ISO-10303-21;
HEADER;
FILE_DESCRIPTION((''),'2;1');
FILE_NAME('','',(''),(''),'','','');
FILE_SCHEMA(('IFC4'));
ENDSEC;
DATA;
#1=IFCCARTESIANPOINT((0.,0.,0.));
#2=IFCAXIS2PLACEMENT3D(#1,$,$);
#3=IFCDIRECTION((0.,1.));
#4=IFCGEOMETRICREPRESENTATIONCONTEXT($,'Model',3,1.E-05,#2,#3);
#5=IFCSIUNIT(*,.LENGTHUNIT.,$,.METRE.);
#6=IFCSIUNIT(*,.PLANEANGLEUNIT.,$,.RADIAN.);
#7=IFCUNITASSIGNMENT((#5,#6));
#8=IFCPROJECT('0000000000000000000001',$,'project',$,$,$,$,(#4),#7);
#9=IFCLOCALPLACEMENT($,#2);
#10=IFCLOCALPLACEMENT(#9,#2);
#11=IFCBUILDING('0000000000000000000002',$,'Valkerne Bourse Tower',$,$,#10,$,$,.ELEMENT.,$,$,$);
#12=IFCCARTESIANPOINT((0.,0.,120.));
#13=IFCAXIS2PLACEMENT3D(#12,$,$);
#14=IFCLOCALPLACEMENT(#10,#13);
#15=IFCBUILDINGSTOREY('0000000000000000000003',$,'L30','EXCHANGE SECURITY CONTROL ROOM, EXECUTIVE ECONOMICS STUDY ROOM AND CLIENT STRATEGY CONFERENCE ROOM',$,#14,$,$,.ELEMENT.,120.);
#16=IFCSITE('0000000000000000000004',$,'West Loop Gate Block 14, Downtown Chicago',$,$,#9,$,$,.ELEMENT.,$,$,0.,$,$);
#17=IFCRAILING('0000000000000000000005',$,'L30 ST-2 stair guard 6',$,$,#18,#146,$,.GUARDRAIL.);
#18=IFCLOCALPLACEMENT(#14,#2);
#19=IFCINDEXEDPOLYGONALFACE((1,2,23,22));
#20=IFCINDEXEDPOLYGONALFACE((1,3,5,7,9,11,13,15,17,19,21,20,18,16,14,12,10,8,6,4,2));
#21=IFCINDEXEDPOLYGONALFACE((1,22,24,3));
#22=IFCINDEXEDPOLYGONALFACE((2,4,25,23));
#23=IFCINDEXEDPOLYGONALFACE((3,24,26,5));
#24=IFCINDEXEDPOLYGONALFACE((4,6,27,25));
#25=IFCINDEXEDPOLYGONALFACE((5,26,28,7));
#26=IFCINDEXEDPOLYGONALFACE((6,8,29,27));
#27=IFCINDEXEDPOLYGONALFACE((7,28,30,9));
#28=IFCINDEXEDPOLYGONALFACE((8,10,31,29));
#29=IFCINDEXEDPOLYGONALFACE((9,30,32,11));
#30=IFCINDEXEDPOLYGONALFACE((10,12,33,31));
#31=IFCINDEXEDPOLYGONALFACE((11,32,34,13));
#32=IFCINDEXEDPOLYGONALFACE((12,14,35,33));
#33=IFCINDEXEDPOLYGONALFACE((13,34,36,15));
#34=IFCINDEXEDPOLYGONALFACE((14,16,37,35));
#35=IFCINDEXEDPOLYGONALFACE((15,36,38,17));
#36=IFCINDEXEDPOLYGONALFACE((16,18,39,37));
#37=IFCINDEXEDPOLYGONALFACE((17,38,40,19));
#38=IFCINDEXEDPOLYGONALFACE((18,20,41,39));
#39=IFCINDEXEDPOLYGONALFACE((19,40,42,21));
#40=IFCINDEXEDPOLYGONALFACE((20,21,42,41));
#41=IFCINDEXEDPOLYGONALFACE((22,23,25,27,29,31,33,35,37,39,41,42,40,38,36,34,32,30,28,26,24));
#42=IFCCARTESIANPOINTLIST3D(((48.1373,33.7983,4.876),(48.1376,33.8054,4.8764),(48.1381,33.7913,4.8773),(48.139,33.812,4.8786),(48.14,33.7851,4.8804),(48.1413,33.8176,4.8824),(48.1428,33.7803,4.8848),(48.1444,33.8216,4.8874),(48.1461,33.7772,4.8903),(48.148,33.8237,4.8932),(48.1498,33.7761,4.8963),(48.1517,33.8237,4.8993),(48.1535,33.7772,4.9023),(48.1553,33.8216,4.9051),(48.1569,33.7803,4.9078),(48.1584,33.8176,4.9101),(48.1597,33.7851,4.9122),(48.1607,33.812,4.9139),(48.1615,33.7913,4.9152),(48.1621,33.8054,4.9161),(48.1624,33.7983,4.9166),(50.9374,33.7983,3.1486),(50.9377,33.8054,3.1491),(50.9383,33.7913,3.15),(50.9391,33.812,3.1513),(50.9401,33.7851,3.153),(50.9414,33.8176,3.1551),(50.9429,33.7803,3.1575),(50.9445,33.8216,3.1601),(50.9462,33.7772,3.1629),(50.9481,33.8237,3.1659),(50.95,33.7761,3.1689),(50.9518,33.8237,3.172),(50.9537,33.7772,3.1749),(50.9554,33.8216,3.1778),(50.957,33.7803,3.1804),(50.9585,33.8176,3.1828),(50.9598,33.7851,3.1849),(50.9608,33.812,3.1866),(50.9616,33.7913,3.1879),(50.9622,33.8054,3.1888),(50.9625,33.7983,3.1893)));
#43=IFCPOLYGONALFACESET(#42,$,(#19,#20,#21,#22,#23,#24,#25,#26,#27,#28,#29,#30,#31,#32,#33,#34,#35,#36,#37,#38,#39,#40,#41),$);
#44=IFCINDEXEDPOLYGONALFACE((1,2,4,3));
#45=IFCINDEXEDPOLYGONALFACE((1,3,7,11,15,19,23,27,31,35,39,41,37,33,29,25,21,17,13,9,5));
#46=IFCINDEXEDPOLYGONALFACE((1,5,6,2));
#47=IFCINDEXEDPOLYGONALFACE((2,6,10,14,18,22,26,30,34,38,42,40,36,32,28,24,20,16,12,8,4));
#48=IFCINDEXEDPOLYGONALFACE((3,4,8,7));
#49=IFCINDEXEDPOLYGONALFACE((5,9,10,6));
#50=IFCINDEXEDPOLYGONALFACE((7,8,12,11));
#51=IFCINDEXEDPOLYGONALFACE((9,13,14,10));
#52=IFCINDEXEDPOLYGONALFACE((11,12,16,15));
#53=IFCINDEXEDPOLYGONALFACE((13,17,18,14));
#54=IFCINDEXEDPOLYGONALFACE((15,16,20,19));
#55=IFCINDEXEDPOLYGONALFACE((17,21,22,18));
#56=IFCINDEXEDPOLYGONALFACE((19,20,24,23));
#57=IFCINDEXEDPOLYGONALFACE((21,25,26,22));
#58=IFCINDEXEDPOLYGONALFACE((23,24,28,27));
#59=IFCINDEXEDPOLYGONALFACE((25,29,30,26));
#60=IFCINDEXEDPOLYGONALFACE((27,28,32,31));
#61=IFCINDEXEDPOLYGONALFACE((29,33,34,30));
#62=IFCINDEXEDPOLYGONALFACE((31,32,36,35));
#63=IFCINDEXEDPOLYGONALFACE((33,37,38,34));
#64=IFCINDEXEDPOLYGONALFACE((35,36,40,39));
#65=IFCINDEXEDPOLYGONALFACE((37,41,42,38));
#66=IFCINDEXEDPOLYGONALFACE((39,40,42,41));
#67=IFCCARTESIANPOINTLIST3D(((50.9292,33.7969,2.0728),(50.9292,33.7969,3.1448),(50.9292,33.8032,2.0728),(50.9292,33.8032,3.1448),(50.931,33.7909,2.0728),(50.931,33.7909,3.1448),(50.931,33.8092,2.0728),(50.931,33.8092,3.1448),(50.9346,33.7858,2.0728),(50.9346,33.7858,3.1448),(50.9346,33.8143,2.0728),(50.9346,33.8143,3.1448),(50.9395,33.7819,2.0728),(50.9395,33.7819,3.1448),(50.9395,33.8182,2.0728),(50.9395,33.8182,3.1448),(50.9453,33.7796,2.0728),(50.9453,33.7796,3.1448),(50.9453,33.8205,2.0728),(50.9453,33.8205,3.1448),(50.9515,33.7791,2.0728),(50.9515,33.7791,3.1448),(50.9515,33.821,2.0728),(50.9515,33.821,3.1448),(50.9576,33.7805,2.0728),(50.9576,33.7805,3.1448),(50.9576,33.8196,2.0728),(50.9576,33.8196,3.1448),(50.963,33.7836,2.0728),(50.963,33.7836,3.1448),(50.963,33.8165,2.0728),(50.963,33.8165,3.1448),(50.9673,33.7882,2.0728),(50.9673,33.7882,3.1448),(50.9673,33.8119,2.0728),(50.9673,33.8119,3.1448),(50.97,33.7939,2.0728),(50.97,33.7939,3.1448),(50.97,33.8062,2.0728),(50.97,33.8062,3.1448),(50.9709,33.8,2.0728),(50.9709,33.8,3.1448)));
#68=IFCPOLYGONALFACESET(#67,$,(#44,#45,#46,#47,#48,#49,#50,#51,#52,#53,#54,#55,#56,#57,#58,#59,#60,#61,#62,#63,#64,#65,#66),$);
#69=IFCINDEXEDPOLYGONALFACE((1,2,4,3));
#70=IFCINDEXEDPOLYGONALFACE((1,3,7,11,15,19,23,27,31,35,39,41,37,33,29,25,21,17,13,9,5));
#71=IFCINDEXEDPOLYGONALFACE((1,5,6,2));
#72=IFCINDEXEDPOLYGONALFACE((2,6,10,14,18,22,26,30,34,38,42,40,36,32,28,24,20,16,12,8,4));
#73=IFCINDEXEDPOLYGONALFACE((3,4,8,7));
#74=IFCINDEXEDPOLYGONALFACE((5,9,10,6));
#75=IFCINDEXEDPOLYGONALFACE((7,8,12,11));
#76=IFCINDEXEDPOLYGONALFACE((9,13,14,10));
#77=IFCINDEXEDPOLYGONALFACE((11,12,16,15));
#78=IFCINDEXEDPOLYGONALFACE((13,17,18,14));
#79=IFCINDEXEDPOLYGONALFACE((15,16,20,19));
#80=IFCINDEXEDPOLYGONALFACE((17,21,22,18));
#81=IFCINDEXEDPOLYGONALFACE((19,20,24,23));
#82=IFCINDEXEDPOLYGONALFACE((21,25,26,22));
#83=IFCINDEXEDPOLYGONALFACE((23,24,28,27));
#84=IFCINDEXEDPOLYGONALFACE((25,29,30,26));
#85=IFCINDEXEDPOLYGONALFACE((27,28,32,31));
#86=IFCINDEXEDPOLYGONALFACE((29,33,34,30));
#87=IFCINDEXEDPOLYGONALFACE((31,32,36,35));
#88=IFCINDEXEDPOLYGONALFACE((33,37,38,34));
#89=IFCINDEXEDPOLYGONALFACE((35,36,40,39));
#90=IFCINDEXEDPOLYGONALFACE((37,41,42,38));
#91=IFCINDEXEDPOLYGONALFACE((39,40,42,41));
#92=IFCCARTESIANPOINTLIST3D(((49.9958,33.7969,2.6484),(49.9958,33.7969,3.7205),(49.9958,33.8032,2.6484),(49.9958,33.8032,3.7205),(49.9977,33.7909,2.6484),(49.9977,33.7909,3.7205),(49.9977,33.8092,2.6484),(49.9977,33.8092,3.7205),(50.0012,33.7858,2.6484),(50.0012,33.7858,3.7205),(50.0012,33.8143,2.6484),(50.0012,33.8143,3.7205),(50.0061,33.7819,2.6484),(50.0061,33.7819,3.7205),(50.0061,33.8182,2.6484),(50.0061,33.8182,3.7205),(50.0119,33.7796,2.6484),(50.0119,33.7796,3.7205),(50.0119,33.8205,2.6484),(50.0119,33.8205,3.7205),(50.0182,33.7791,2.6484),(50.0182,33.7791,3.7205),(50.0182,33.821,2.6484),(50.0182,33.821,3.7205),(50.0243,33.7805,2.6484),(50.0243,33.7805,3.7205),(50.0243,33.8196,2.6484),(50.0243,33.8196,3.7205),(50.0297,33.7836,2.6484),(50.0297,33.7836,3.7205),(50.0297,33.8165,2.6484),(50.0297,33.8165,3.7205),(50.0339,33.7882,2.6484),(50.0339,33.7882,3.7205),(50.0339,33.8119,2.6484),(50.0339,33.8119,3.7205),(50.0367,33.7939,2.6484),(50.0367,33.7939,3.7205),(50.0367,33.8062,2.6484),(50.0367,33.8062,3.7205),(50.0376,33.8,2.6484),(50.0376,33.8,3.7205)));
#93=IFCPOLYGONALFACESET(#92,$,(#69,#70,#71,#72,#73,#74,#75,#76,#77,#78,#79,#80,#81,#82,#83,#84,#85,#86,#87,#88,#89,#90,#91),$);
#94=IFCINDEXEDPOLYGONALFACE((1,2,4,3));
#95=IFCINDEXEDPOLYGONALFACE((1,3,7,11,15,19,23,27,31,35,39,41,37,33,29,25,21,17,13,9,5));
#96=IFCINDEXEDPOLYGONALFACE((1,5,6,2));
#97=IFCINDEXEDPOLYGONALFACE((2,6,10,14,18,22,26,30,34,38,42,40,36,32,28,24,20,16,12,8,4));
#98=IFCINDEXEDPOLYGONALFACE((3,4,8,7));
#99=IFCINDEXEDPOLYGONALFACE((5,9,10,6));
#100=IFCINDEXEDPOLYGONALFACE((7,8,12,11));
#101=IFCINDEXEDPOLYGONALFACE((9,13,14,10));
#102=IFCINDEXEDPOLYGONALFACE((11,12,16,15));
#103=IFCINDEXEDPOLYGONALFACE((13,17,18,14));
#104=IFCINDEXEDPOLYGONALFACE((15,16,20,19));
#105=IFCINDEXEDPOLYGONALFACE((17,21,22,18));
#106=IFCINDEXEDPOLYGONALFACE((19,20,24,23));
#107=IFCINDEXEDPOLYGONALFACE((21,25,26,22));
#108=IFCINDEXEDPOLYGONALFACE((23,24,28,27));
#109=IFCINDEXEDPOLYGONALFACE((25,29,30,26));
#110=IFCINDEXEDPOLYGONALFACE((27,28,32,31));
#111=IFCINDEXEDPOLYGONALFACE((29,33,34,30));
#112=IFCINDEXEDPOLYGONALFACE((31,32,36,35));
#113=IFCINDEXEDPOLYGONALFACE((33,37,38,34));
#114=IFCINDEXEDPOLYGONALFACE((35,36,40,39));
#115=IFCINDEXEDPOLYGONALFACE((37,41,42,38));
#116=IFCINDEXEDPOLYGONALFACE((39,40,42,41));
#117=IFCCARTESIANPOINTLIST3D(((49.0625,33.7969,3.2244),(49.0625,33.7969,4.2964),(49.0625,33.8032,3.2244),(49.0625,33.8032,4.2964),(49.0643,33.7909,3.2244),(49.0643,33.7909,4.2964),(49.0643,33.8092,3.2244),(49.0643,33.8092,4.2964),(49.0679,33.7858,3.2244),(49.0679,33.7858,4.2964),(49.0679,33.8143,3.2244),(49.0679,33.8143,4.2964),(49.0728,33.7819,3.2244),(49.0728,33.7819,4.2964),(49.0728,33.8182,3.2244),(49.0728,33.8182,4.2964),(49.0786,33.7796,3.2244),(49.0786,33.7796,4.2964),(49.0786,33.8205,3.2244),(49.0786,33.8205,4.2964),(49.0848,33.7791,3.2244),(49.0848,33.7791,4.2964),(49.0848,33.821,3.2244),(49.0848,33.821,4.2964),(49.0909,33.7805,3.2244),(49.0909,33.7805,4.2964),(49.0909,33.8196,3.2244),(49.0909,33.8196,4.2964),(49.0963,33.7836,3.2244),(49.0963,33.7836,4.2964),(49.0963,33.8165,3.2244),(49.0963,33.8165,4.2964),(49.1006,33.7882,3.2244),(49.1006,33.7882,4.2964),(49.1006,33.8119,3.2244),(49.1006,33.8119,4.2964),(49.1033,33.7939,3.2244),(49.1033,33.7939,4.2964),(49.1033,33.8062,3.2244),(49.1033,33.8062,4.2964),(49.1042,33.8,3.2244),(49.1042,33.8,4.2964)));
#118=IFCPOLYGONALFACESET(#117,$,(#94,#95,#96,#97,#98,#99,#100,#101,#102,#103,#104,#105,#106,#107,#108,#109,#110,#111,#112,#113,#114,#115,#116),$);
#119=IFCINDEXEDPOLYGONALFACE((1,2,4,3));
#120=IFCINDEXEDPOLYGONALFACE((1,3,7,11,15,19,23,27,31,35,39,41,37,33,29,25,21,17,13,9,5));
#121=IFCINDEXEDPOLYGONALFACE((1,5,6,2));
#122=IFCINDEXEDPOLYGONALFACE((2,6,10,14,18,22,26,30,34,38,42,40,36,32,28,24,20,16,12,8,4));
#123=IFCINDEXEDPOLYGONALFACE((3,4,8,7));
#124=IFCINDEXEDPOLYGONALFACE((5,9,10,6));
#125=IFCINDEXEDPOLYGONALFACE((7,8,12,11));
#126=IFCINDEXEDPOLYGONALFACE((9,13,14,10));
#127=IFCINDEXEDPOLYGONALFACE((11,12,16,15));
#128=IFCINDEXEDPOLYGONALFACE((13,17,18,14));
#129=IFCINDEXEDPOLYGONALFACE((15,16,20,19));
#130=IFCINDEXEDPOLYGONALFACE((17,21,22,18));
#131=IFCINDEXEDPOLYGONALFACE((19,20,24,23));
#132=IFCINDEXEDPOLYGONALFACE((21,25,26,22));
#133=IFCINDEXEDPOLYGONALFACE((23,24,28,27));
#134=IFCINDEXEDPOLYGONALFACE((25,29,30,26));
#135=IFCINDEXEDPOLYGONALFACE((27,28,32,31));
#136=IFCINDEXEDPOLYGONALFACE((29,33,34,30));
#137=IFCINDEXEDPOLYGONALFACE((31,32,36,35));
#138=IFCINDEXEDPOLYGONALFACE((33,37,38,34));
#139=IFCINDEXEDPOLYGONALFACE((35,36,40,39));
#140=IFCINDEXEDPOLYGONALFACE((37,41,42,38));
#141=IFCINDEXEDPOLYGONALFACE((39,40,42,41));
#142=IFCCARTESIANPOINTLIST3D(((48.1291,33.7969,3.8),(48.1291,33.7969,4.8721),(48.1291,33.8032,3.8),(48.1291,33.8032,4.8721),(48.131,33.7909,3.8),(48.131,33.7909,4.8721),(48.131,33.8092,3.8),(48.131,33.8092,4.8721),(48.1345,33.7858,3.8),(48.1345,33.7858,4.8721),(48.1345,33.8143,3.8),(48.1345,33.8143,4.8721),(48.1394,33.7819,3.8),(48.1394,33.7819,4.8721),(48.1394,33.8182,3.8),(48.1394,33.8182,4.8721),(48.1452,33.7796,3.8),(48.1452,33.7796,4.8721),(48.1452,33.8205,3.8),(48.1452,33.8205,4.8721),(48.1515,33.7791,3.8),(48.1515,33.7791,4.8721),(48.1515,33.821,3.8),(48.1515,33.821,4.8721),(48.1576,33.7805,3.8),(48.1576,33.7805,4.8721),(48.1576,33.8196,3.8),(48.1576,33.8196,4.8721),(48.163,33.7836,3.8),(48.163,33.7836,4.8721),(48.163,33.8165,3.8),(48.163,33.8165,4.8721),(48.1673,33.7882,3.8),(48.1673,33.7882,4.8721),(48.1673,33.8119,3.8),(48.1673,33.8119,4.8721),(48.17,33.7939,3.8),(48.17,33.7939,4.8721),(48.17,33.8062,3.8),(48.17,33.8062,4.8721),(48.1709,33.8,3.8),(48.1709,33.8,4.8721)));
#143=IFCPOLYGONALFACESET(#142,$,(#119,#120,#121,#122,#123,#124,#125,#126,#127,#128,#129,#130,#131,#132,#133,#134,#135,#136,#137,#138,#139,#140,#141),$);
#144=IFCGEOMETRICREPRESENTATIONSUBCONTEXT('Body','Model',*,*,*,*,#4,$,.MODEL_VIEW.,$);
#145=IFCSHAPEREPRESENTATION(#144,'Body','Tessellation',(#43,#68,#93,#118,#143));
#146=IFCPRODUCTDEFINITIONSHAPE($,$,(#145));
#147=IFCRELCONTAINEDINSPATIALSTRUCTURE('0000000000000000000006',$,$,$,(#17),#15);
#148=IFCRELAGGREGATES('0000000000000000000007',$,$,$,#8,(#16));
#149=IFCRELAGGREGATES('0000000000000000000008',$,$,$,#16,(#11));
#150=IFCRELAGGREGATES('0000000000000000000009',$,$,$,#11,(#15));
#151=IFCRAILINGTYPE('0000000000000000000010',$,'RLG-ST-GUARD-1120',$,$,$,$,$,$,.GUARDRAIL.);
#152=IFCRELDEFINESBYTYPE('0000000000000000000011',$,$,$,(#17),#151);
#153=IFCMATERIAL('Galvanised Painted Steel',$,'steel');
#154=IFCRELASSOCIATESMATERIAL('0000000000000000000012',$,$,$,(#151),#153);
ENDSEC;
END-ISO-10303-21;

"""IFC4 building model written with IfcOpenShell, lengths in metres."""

from ifc_helpers import new_model, si_unit, direction, frame, origin, origin_2d, place, context, subcontext, project, spatial, circle, extrude, material, type_object, element, save


model = new_model("IFC4")

# Units and contexts
model_context = context("Model", 3, precision=1e-05, world=origin(), true_north=direction((0.0, 1.0)))
body_context = subcontext(model_context, "Body", "Model", "MODEL_VIEW")
ifc_project = project(units=[si_unit("LENGTHUNIT", "METRE"), si_unit("PLANEANGLEUNIT", "RADIAN")], contexts=[model_context])

# Site, building, storey
site_placement = place(None, origin())
site = spatial("IfcSite", under=ifc_project, at=site_placement, Name="West Loop Gate Block 14, Downtown Chicago", CompositionType="ELEMENT", RefElevation=0.0)
building_placement = place(site_placement, origin())
building = spatial("IfcBuilding", under=site, at=building_placement, Name="Valkerne Bourse Tower", CompositionType="ELEMENT")
storey_placement = place(building_placement, frame((0.0, 0.0, 120.0)))
storey = spatial("IfcBuildingStorey", under=building, at=storey_placement, Name="L30", Description="EXCHANGE SECURITY CONTROL ROOM, EXECUTIVE ECONOMICS STUDY ROOM AND CLIENT STRATEGY CONFERENCE ROOM", CompositionType="ELEMENT", Elevation=120.0)

# Shared definitions
ifc_material_1 = material(Name="Galvanised Painted Steel", Category="steel")

# Railing
railing_type_1 = type_object("IfcRailingType", Name="RLG-ST-GUARD-1120", PredefinedType="GUARDRAIL", material=ifc_material_1)
railing_1_placement = place(storey_placement, frame((50.95, 33.8, 2.0728)))
element("IfcRailing", 1, at=railing_1_placement, inside=storey, type_object=railing_type_1, Name="L30 ST-2 stair guard 6", PredefinedType="GUARDRAIL", context=body_context, shape_type="SweptSolid", body=[
    extrude(circle(Radius=0.0239, at=origin_2d()), frame((0.0, 0.0, 1.0962), z_axis=(-0.85109, 0.0, 0.52502), x_axis=(0.0, -1.0, 0.0)), (0.0, 0.0, 1.0), 3.29),
    extrude(circle(Radius=0.021, at=origin_2d()), origin(), (0.0, 0.0, 1.0), 1.072),
    extrude(circle(Radius=0.021, at=origin_2d()), frame((-0.9333, 0.0, 0.5757)), (0.0, 0.0, 1.0), 1.072),
    extrude(circle(Radius=0.021, at=origin_2d()), frame((-1.8667, 0.0, 1.1516)), (0.0, 0.0, 1.0), 1.072),
    extrude(circle(Radius=0.021, at=origin_2d()), frame((-2.8, 0.0, 1.7273)), (0.0, 0.0, 1.0), 1.072),
])

save(model, "model.ifc")
